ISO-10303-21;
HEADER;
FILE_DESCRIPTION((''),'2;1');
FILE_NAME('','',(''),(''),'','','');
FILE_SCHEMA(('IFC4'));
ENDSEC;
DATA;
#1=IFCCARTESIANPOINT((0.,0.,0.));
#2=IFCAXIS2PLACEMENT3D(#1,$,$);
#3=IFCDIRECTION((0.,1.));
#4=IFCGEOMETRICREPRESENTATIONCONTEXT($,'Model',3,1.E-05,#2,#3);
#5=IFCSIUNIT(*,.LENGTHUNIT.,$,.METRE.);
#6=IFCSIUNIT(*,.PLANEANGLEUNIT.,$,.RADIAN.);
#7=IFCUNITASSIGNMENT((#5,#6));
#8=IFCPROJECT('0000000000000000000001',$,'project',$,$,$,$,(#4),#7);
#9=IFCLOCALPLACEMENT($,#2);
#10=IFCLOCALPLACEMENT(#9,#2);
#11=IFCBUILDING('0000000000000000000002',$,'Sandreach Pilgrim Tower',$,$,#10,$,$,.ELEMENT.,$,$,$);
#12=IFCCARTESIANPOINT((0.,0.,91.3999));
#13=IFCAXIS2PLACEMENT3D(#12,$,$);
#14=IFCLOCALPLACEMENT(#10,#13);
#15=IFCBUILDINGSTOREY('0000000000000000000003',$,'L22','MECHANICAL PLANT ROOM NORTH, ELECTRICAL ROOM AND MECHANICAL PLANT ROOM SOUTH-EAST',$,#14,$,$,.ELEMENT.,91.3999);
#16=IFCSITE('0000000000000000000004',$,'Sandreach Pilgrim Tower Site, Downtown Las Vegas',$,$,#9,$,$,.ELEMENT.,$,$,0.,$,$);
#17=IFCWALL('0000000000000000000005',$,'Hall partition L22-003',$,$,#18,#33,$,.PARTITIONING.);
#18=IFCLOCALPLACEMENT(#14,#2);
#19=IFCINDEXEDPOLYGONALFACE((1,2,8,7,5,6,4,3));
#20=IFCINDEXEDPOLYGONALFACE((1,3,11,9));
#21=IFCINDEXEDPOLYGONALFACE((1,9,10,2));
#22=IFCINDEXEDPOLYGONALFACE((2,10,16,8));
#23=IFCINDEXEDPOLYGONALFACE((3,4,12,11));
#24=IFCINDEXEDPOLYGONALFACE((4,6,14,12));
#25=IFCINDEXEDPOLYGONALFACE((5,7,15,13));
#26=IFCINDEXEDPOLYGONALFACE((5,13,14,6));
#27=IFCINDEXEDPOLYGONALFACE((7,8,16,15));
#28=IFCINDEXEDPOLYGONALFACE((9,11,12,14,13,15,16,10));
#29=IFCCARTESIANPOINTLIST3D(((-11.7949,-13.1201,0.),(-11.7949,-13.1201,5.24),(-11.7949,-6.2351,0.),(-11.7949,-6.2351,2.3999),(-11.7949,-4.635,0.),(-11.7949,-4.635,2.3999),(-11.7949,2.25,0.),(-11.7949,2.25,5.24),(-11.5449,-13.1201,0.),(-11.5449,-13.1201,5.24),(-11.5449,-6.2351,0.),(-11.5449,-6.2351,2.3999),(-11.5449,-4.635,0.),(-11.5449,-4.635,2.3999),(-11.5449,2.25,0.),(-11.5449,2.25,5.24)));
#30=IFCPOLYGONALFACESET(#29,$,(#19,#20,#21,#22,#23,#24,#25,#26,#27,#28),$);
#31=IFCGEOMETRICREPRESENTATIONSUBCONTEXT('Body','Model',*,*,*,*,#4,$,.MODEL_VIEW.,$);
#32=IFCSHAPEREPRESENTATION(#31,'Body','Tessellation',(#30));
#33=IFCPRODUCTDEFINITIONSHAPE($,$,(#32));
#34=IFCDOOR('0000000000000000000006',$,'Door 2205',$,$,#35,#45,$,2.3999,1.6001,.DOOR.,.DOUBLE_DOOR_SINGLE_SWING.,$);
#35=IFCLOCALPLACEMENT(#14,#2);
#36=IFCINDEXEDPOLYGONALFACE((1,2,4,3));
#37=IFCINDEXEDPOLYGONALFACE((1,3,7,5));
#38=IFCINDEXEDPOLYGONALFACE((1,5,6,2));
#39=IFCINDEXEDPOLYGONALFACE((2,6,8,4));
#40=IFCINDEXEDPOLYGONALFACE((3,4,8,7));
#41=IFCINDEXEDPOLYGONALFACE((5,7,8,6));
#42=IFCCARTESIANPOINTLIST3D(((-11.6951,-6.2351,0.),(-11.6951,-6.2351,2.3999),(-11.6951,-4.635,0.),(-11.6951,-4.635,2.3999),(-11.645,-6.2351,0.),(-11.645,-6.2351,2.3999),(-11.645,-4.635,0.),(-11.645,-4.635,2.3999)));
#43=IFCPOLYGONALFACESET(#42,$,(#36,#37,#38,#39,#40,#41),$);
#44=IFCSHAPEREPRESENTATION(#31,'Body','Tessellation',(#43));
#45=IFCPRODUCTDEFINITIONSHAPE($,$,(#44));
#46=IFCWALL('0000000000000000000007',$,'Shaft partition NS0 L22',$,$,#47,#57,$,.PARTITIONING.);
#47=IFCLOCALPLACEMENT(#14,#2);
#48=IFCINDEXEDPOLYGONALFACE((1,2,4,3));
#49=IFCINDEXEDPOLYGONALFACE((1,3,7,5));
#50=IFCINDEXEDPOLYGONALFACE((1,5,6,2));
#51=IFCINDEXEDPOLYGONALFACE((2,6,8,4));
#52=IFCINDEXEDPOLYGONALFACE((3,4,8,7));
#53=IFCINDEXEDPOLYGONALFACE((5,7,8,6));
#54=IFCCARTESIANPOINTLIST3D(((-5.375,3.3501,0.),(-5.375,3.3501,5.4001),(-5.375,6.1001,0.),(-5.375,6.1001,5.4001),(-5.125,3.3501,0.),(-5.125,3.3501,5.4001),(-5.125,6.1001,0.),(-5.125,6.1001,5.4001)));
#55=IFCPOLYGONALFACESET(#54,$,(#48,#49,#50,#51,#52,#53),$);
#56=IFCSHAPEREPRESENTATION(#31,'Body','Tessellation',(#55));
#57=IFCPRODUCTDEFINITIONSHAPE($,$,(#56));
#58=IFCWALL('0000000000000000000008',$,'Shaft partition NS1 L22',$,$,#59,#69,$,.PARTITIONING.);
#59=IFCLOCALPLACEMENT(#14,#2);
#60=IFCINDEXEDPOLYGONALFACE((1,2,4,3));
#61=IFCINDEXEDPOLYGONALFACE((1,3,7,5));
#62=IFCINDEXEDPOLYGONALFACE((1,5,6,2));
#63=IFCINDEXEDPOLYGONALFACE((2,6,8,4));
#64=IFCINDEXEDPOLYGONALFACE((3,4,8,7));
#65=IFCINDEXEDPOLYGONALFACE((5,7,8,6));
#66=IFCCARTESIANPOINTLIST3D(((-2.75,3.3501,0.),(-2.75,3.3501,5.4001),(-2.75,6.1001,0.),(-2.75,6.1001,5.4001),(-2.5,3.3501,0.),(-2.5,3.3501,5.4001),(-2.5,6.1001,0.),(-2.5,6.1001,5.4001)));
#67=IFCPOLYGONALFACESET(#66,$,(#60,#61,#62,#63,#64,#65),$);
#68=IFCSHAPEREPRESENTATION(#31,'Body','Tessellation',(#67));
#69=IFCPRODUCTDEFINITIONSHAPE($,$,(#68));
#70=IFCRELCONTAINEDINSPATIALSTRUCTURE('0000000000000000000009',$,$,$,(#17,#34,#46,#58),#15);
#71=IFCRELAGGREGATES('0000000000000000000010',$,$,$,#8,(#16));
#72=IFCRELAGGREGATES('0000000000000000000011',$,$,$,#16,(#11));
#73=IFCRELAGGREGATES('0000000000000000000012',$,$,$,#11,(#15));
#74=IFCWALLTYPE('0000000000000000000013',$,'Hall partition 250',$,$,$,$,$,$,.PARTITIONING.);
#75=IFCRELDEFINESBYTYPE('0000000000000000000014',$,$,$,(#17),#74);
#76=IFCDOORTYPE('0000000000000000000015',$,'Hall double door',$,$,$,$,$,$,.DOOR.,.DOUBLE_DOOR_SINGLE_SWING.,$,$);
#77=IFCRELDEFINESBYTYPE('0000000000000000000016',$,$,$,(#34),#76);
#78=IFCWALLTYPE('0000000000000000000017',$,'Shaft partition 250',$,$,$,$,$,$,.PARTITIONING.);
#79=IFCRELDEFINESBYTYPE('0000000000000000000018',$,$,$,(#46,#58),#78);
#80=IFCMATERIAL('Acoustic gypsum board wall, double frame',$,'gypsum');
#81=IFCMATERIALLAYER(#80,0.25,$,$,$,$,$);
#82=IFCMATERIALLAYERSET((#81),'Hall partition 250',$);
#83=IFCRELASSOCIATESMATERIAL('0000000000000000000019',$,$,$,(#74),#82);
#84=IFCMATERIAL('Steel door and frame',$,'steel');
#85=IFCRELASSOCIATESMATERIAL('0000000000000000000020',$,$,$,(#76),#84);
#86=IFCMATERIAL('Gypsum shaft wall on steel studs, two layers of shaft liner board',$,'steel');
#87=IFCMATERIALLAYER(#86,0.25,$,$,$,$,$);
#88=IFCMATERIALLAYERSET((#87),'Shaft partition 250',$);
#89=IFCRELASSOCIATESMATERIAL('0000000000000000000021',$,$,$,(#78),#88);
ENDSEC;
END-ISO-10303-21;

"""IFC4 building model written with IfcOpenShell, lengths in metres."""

from ifc_helpers import new_model, si_unit, direction, frame, frame_2d, origin, place, context, subcontext, project, spatial, rectangle, extrude, material, layer, layer_set, type_object, element, fill, save


model = new_model("IFC4")

# Units and contexts
model_context = context("Model", 3, precision=1e-05, world=origin(), true_north=direction((0.0, 1.0)))
body_context = subcontext(model_context, "Body", "Model", "MODEL_VIEW")
ifc_project = project(units=[si_unit("LENGTHUNIT", "METRE"), si_unit("PLANEANGLEUNIT", "RADIAN")], contexts=[model_context])

# Site, building, storey
site_placement = place(None, origin())
site = spatial("IfcSite", under=ifc_project, at=site_placement, Name="Sandreach Pilgrim Tower Site, Downtown Las Vegas", CompositionType="ELEMENT", RefElevation=0.0)
building_placement = place(site_placement, origin())
building = spatial("IfcBuilding", under=site, at=building_placement, Name="Sandreach Pilgrim Tower", CompositionType="ELEMENT")
storey_placement = place(building_placement, frame((0.0, 0.0, 91.3999)))
storey = spatial("IfcBuildingStorey", under=building, at=storey_placement, Name="L22", Description="MECHANICAL PLANT ROOM NORTH, ELECTRICAL ROOM AND MECHANICAL PLANT ROOM SOUTH-EAST", CompositionType="ELEMENT", Elevation=91.3999)

# Wall, opening, door
ifc_material_1 = material(Name="Acoustic gypsum board wall, double frame", Category="gypsum")
ifc_layer_1 = layer(ifc_material_1, 0.25)
ifc_layer_set_1 = layer_set([ifc_layer_1], Name="Hall partition 250")
wall_type_1 = type_object("IfcWallType", Name="Hall partition 250", PredefinedType="PARTITIONING", material=ifc_layer_set_1)
wall_1_placement = place(storey_placement, frame((-11.6699, 2.25, 0.0), z_axis=(0.0, 0.0, 1.0), x_axis=(0.0, -1.0, 0.0)))
wall_1 = element("IfcWall", 1, at=wall_1_placement, inside=storey, type_object=wall_type_1, Name="Hall partition L22-003", PredefinedType="PARTITIONING", context=body_context, shape_type="SweptSolid", body=[
    extrude(rectangle(XDim=15.3701, YDim=0.25, at=frame_2d((7.6851, 0.0))), origin(), (0.0, 0.0, 1.0), 5.24),
])
opening_1_placement = place(wall_1_placement, frame((6.885, 0.0, 0.0)))
opening_1 = element("IfcOpeningElement", 2, at=opening_1_placement, cuts=wall_1, PredefinedType="OPENING", context=body_context, shape_type="SweptSolid", body=[
    extrude(rectangle(XDim=1.6001, YDim=2.3999, at=frame_2d((0.8, 1.2))), frame((0.0, 0.125, 0.0), z_axis=(0.0, -1.0, 0.0), x_axis=(1.0, 0.0, 0.0)), (0.0, 0.0, 1.0), 0.25),
])
ifc_material_2 = material(Name="Steel door and frame", Category="steel")
door_type_1 = type_object("IfcDoorType", Name="Hall double door", OperationType="DOUBLE_DOOR_SINGLE_SWING", PredefinedType="DOOR", material=ifc_material_2)
door_1_placement = place(opening_1_placement, origin())
door_1 = element("IfcDoor", 3, at=door_1_placement, inside=storey, type_object=door_type_1, Name="Door 2205", OperationType="DOUBLE_DOOR_SINGLE_SWING", OverallHeight=2.3999, OverallWidth=1.6001, PredefinedType="DOOR", context=body_context, shape_type="SweptSolid", body=[
    extrude(rectangle(XDim=1.6001, YDim=2.3999, at=frame_2d((0.8, 1.2))), frame((0.0, 0.0249, 0.0), z_axis=(0.0, -1.0, 0.0), x_axis=(1.0, 0.0, 0.0)), (0.0, 0.0, 1.0), 0.05),
])
fill(opening_1, door_1)

# Walls
ifc_material_3 = material(Name="Gypsum shaft wall on steel studs, two layers of shaft liner board", Category="steel")
ifc_layer_2 = layer(ifc_material_3, 0.25)
ifc_layer_set_2 = layer_set([ifc_layer_2], Name="Shaft partition 250")
wall_type_2 = type_object("IfcWallType", Name="Shaft partition 250", PredefinedType="PARTITIONING", material=ifc_layer_set_2)
for number, where, z_axis, x_axis, name in (
    (4, (-5.25, 3.3501, 0.0), (0.0, 0.0, 1.0), (0.0, 1.0, 0.0), "Shaft partition NS0 L22"),
    (5, (-2.625, 3.3501, 0.0), (0.0, 0.0, 1.0), (0.0, 1.0, 0.0), "Shaft partition NS1 L22"),
):
    element("IfcWall", number, at=place(storey_placement, frame(where, z_axis=z_axis, x_axis=x_axis)), inside=storey, type_object=wall_type_2, Name=name, PredefinedType="PARTITIONING", context=body_context, shape_type="SweptSolid", body=[
        extrude(rectangle(XDim=2.75, YDim=0.25, at=frame_2d((1.375, 0.0))), origin(), (0.0, 0.0, 1.0), 5.4001),
    ])

save(model, "model.ifc")
